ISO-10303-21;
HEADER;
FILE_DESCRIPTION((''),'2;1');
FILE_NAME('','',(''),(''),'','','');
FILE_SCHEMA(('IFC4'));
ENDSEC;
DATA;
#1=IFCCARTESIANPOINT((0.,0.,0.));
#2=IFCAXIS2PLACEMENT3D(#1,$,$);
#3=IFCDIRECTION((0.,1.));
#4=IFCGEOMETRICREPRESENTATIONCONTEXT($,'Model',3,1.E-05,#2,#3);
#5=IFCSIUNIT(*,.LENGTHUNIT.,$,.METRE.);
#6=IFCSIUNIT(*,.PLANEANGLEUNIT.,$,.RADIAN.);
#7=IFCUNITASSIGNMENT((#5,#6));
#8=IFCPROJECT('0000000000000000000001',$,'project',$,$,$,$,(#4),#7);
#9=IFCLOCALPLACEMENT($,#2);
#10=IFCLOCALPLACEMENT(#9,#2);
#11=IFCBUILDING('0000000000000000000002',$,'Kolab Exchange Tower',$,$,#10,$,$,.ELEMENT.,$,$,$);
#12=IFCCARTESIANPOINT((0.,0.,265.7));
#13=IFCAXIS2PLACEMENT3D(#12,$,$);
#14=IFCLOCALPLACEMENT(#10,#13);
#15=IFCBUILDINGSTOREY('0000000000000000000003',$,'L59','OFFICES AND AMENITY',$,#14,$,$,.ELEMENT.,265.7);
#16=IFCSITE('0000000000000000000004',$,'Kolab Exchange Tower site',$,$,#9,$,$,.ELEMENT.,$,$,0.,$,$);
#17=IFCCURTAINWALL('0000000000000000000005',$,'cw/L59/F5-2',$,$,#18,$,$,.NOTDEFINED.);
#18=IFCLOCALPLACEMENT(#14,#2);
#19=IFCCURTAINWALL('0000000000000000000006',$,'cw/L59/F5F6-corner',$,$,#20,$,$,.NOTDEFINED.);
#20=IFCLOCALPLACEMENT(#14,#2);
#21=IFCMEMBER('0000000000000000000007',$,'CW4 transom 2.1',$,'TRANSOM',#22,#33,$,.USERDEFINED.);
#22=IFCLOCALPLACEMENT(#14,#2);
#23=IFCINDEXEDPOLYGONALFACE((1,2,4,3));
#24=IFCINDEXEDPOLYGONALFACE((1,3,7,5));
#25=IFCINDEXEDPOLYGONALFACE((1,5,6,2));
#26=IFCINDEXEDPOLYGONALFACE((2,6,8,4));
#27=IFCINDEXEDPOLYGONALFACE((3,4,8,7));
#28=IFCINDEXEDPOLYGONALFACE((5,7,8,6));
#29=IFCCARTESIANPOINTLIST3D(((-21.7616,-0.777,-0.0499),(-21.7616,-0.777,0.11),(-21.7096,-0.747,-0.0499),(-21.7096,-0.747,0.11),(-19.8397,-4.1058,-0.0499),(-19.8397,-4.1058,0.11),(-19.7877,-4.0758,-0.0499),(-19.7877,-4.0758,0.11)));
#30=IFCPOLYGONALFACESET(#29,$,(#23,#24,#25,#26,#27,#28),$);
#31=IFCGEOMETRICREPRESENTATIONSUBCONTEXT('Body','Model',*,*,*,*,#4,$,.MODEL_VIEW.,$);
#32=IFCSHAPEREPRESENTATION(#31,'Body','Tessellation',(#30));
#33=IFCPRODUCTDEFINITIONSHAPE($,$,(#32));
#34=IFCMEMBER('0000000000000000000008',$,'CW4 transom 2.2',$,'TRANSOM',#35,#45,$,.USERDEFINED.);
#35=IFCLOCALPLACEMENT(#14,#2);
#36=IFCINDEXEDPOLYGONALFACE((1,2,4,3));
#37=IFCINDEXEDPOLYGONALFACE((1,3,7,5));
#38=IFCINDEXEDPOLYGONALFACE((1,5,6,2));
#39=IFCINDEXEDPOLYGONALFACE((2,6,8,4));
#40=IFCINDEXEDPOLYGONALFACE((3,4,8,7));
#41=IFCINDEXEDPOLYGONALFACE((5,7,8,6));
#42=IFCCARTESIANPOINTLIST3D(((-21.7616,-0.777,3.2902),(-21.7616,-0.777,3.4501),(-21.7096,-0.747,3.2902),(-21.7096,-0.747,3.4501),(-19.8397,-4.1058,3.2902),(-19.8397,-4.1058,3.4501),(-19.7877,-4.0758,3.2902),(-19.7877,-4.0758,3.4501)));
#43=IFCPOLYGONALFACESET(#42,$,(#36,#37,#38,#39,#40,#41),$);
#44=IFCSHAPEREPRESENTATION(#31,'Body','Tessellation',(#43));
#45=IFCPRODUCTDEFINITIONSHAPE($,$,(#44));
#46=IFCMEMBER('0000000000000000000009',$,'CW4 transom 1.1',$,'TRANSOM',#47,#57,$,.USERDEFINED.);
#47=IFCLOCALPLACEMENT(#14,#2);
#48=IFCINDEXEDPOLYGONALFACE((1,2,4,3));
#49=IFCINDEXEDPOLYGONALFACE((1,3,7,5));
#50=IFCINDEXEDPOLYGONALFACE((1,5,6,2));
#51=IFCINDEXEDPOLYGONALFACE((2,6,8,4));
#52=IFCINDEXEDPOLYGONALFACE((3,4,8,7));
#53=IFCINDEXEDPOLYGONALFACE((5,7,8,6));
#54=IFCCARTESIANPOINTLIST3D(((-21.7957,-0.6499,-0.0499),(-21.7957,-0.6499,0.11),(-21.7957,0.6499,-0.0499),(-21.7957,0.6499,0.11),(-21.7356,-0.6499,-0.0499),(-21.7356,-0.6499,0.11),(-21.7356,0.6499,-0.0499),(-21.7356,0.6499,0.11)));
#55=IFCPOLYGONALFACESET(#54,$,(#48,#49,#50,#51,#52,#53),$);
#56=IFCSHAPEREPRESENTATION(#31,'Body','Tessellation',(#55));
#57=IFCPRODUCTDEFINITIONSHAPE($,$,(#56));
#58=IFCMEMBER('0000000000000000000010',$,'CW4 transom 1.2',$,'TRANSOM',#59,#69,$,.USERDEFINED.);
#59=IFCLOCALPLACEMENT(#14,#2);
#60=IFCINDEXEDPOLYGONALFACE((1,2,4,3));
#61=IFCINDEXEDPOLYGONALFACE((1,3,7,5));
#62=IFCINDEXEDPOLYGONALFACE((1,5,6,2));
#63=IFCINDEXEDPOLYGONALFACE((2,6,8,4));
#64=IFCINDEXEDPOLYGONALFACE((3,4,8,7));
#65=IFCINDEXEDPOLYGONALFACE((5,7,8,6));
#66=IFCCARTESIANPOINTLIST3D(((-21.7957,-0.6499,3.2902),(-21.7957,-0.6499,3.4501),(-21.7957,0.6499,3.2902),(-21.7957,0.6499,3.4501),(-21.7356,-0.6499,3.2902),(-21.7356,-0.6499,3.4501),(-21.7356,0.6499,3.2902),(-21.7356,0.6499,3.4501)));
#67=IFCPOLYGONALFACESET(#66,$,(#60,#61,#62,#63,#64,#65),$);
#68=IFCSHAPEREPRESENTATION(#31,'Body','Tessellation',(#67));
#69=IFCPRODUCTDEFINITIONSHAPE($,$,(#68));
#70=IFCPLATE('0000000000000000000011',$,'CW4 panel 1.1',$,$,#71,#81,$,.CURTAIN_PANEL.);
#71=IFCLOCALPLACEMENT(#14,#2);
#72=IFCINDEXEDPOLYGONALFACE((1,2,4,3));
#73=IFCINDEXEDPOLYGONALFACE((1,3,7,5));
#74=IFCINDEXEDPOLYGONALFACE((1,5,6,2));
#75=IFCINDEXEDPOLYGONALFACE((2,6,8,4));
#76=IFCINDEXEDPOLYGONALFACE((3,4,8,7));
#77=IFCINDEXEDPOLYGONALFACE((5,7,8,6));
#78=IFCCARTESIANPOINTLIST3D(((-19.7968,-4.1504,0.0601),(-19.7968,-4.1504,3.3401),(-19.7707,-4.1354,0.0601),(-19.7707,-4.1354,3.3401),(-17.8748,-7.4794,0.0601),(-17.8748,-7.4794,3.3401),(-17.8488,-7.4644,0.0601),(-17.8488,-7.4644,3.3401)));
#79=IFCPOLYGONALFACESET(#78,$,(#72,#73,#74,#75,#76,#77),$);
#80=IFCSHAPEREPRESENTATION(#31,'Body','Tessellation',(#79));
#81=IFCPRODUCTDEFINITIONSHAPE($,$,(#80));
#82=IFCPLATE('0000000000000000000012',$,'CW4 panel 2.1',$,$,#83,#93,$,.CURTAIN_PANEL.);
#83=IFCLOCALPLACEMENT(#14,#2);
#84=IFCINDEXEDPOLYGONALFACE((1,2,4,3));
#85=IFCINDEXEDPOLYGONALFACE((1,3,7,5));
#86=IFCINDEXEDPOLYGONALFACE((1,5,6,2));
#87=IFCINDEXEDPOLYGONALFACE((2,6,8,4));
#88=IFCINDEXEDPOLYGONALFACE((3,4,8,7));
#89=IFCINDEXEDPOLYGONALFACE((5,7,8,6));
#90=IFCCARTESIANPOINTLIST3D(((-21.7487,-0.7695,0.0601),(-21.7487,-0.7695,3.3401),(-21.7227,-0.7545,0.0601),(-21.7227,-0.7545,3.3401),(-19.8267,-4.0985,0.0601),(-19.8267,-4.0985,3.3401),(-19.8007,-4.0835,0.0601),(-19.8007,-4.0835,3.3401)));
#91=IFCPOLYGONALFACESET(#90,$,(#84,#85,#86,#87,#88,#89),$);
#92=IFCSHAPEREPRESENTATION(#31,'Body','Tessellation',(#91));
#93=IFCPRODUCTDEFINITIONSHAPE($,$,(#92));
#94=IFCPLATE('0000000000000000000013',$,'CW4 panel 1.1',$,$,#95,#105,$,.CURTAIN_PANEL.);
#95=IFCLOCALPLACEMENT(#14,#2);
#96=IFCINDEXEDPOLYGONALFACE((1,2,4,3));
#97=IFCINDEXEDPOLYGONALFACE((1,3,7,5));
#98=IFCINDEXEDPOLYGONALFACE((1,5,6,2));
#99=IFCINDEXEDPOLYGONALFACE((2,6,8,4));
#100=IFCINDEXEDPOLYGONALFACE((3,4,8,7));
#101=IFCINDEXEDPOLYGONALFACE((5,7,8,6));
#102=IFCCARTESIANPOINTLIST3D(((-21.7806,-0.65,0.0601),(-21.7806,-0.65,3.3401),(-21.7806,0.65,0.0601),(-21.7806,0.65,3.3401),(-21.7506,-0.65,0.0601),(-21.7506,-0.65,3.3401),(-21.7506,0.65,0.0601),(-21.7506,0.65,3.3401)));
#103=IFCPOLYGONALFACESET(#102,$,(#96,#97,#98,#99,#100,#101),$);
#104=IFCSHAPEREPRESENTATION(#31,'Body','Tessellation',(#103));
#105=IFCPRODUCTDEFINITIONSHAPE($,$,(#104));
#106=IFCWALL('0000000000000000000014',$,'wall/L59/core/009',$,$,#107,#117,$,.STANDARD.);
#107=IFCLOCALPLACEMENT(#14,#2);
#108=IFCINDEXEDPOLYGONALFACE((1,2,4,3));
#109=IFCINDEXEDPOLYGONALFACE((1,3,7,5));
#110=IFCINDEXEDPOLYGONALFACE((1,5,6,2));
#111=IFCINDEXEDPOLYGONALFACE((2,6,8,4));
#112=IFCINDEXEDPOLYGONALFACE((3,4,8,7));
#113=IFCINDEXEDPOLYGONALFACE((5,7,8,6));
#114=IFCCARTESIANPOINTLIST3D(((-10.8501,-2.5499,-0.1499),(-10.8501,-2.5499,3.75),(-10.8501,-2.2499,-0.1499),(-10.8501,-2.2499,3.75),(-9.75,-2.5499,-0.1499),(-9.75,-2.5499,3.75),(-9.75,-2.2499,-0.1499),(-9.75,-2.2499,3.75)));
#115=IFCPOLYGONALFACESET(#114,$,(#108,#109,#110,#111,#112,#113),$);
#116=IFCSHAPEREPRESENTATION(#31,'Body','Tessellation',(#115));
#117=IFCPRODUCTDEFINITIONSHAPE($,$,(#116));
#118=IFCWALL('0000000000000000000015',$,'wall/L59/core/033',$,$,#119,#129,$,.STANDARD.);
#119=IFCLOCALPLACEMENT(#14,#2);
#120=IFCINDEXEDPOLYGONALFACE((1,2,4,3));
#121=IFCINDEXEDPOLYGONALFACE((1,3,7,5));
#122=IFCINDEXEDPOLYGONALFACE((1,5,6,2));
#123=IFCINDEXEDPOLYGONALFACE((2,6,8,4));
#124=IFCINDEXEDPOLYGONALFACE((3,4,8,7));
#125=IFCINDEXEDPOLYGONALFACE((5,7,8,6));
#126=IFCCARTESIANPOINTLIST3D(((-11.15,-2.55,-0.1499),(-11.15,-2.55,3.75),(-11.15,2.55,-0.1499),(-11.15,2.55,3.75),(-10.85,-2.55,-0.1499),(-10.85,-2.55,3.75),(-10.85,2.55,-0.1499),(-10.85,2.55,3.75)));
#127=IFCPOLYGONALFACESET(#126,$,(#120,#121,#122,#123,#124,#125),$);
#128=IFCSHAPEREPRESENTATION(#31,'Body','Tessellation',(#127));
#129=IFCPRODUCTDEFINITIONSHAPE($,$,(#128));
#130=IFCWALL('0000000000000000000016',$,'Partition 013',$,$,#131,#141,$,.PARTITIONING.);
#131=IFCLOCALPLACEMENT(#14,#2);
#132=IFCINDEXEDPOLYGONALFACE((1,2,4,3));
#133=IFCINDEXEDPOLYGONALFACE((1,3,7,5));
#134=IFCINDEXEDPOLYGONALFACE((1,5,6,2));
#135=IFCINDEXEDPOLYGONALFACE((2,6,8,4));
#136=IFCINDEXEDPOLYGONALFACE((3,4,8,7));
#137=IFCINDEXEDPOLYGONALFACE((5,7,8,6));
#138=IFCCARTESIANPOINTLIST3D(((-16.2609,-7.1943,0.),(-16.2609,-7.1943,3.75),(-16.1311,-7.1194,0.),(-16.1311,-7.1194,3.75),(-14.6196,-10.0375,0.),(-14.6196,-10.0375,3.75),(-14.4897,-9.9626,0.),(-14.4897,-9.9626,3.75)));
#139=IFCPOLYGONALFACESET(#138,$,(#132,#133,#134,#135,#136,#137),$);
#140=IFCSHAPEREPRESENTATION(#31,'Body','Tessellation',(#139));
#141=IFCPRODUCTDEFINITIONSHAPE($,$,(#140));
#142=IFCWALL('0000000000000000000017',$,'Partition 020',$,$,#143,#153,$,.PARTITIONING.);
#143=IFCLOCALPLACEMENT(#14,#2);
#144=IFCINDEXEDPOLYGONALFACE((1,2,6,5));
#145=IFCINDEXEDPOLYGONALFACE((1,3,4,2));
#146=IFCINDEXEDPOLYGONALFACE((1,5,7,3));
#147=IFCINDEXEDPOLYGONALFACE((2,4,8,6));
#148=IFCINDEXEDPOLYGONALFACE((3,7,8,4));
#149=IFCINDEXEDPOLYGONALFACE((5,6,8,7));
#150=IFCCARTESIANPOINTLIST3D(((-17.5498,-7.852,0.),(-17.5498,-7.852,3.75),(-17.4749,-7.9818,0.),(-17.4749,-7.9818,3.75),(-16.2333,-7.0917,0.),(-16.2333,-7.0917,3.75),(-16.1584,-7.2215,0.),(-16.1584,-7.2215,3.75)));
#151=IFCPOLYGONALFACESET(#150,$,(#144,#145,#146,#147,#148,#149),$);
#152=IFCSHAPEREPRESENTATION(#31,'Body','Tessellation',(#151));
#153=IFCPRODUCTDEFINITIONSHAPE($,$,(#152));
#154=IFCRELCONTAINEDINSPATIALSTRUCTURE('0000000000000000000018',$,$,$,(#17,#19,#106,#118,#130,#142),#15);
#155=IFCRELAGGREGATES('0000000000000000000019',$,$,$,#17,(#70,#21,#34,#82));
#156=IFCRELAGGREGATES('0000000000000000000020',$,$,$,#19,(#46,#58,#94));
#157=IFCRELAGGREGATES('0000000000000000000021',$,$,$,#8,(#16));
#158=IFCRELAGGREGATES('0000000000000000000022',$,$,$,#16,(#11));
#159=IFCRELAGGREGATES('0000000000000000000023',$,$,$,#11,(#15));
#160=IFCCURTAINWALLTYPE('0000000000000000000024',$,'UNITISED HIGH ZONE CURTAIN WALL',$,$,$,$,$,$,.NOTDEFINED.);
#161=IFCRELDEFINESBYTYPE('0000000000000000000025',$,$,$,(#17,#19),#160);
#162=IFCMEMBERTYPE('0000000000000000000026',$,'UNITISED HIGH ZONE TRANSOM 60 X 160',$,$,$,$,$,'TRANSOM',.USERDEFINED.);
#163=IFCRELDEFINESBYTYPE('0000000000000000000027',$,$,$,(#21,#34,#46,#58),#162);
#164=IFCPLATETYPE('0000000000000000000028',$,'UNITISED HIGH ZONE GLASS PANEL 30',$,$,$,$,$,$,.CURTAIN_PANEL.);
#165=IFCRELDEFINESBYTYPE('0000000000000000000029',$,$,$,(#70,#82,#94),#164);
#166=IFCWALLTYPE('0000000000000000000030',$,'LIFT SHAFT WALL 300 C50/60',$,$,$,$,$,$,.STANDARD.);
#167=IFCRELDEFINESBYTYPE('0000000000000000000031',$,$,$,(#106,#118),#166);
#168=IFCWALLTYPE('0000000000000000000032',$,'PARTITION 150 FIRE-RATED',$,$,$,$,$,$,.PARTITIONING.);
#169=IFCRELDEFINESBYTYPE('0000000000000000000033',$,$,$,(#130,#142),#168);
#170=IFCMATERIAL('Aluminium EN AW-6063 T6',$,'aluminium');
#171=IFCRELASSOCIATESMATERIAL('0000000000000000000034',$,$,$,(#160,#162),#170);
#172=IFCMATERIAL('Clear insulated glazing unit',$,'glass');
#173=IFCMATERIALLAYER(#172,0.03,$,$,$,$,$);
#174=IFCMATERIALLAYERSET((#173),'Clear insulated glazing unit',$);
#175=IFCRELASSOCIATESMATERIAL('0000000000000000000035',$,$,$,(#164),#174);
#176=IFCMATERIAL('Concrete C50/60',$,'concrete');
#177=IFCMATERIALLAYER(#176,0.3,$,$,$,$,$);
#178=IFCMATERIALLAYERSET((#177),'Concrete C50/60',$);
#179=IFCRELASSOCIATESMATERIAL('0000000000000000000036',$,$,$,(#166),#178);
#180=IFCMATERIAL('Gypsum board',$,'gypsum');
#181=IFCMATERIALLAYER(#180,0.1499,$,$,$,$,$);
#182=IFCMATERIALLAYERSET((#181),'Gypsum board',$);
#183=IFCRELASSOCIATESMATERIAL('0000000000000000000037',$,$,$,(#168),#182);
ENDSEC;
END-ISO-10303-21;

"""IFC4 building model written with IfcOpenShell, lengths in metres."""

from ifc_helpers import new_model, si_unit, direction, frame, frame_2d, origin, origin_2d, place, context, subcontext, project, spatial, rectangle, extrude, material, layer, layer_set, material_profile, profile_set, type_object, element, aggregate, save


model = new_model("IFC4")

# Units and contexts
model_context = context("Model", 3, precision=1e-05, world=origin(), true_north=direction((0.0, 1.0)))
body_context = subcontext(model_context, "Body", "Model", "MODEL_VIEW")
ifc_project = project(units=[si_unit("LENGTHUNIT", "METRE"), si_unit("PLANEANGLEUNIT", "RADIAN")], contexts=[model_context])

# Site, building, storey
site_placement = place(None, origin())
site = spatial("IfcSite", under=ifc_project, at=site_placement, Name="Kolab Exchange Tower site", CompositionType="ELEMENT", RefElevation=0.0)
building_placement = place(site_placement, origin())
building = spatial("IfcBuilding", under=site, at=building_placement, Name="Kolab Exchange Tower", CompositionType="ELEMENT")
storey_placement = place(building_placement, frame((0.0, 0.0, 265.7)))
storey = spatial("IfcBuildingStorey", under=building, at=storey_placement, Name="L59", Description="OFFICES AND AMENITY", CompositionType="ELEMENT", Elevation=265.7)

# Shared definitions
ifc_material_1 = material(Name="Concrete C50/60", Category="concrete")

# Curtain wall
ifc_material_2 = material(Name="Aluminium EN AW-6063 T6", Category="aluminium")
curtain_wall_type = type_object("IfcCurtainWallType", Name="UNITISED HIGH ZONE CURTAIN WALL", PredefinedType="NOTDEFINED", material=ifc_material_2)
curtain_wall_1_placement = place(storey_placement, origin())
curtain_wall_1 = element("IfcCurtainWall", 1, at=curtain_wall_1_placement, inside=storey, type_object=curtain_wall_type, Name="cw/L59/F5-2", PredefinedType="NOTDEFINED")

# Curtain wall
curtain_wall_2_placement = place(storey_placement, origin())
curtain_wall_2 = element("IfcCurtainWall", 2, at=curtain_wall_2_placement, inside=storey, type_object=curtain_wall_type, Name="cw/L59/F5F6-corner", PredefinedType="NOTDEFINED")

# Members
ifc_material_profile_1 = material_profile(ifc_material_2, rectangle(XDim=0.0601, YDim=0.1599, at=origin_2d()), Name="RECT 60X160")
ifc_profile_set_1 = profile_set([ifc_material_profile_1], Name="Aluminium EN AW-6063 T6")
member_type_1 = type_object("IfcMemberType", Name="UNITISED HIGH ZONE TRANSOM 60 X 160", ElementType="TRANSOM", PredefinedType="USERDEFINED", material=ifc_profile_set_1)
member_1_placement = place(storey_placement, frame((-19.8137, -4.0908, 0.03), z_axis=(-0.499992, 0.86603, 0.0), x_axis=(-0.86603, -0.499992, 0.0)))
member_1 = element("IfcMember", 3, at=member_1_placement, type_object=member_type_1, Name="CW4 transom 2.1", ObjectType="TRANSOM", PredefinedType="USERDEFINED", context=body_context, shape_type="SweptSolid", body=[
    extrude(rectangle(XDim=0.0601, YDim=0.1599, at=origin_2d()), origin(), (0.0, 0.0, 1.0), 3.8438),
])
member_2_placement = place(storey_placement, frame((-19.8137, -4.0908, 3.3701), z_axis=(-0.499992, 0.86603, 0.0), x_axis=(-0.86603, -0.499992, 0.0)))
member_2 = element("IfcMember", 4, at=member_2_placement, type_object=member_type_1, Name="CW4 transom 2.2", ObjectType="TRANSOM", PredefinedType="USERDEFINED", context=body_context, shape_type="SweptSolid", body=[
    extrude(rectangle(XDim=0.0601, YDim=0.1599, at=origin_2d()), origin(), (0.0, 0.0, 1.0), 3.8438),
])
member_3_placement = place(storey_placement, frame((-21.7656, -0.6499, 0.03), z_axis=(0.0, 1.0, 0.0), x_axis=(-1.0, 0.0, 0.0)))
member_3 = element("IfcMember", 5, at=member_3_placement, type_object=member_type_1, Name="CW4 transom 1.1", ObjectType="TRANSOM", PredefinedType="USERDEFINED", context=body_context, shape_type="SweptSolid", body=[
    extrude(rectangle(XDim=0.0601, YDim=0.1599, at=origin_2d()), origin(), (0.0, 0.0, 1.0), 1.2998),
])
member_4_placement = place(storey_placement, frame((-21.7656, -0.6499, 3.3701), z_axis=(0.0, 1.0, 0.0), x_axis=(-1.0, 0.0, 0.0)))
member_4 = element("IfcMember", 6, at=member_4_placement, type_object=member_type_1, Name="CW4 transom 1.2", ObjectType="TRANSOM", PredefinedType="USERDEFINED", context=body_context, shape_type="SweptSolid", body=[
    extrude(rectangle(XDim=0.0601, YDim=0.1599, at=origin_2d()), origin(), (0.0, 0.0, 1.0), 1.2998),
])

# Plates
ifc_material_3 = material(Name="Clear insulated glazing unit", Category="glass")
ifc_layer_1 = layer(ifc_material_3, 0.03)
ifc_layer_set_1 = layer_set([ifc_layer_1], Name="Clear insulated glazing unit")
plate_type = type_object("IfcPlateType", Name="UNITISED HIGH ZONE GLASS PANEL 30", PredefinedType="CURTAIN_PANEL", material=ifc_layer_set_1)
plate_1_placement = place(storey_placement, frame((-18.8228, -5.8074, 0.0601), z_axis=(0.0, 0.0, 1.0), x_axis=(-0.5, 0.866025, 0.0)))
plate_1 = element("IfcPlate", 7, at=plate_1_placement, type_object=plate_type, Name="CW4 panel 1.1", PredefinedType="CURTAIN_PANEL", context=body_context, shape_type="SweptSolid", body=[
    extrude(rectangle(XDim=3.844, YDim=0.03, at=origin_2d()), origin(), (0.0, 0.0, 1.0), 3.28),
])
plate_2_placement = place(storey_placement, frame((-20.7747, -2.4265, 0.0601), z_axis=(0.0, 0.0, 1.0), x_axis=(-0.5, 0.866025, 0.0)))
plate_2 = element("IfcPlate", 8, at=plate_2_placement, type_object=plate_type, Name="CW4 panel 2.1", PredefinedType="CURTAIN_PANEL", context=body_context, shape_type="SweptSolid", body=[
    extrude(rectangle(XDim=3.844, YDim=0.03, at=origin_2d()), origin(), (0.0, 0.0, 1.0), 3.28),
])
aggregate(curtain_wall_1, [plate_1, member_1, member_2, plate_2])
plate_3_placement = place(storey_placement, frame((-21.7656, 0.0, 0.0601), z_axis=(0.0, 0.0, 1.0), x_axis=(0.0, 1.0, 0.0)))
plate_3 = element("IfcPlate", 9, at=plate_3_placement, type_object=plate_type, Name="CW4 panel 1.1", PredefinedType="CURTAIN_PANEL", context=body_context, shape_type="SweptSolid", body=[
    extrude(rectangle(XDim=1.3, YDim=0.03, at=origin_2d()), origin(), (0.0, 0.0, 1.0), 3.28),
])
aggregate(curtain_wall_2, [member_3, member_4, plate_3])

# Walls
ifc_layer_2 = layer(ifc_material_1, 0.3)
ifc_layer_set_2 = layer_set([ifc_layer_2], Name="Concrete C50/60")
wall_type_1 = type_object("IfcWallType", Name="LIFT SHAFT WALL 300 C50/60", PredefinedType="STANDARD", material=ifc_layer_set_2)
wall_1_placement = place(storey_placement, frame((-10.8501, -2.3999, -0.1499), z_axis=(0.0, 0.0, 1.0), x_axis=(1.0, 0.0, 0.0)))
element("IfcWall", 10, at=wall_1_placement, inside=storey, type_object=wall_type_1, Name="wall/L59/core/009", PredefinedType="STANDARD", context=body_context, shape_type="SweptSolid", body=[
    extrude(rectangle(XDim=1.1001, YDim=0.3, at=frame_2d((0.55, 0.0))), origin(), (0.0, 0.0, 1.0), 3.8999),
])
wall_2_placement = place(storey_placement, frame((-11.0, -2.55, -0.1499), z_axis=(0.0, 0.0, 1.0), x_axis=(0.0, 1.0, 0.0)))
element("IfcWall", 11, at=wall_2_placement, inside=storey, type_object=wall_type_1, Name="wall/L59/core/033", PredefinedType="STANDARD", context=body_context, shape_type="SweptSolid", body=[
    extrude(rectangle(XDim=5.1001, YDim=0.3, at=frame_2d((2.55, 0.0))), origin(), (0.0, 0.0, 1.0), 3.8999),
])
ifc_material_4 = material(Name="Gypsum board", Category="gypsum")
ifc_layer_3 = layer(ifc_material_4, 0.1499)
ifc_layer_set_3 = layer_set([ifc_layer_3], Name="Gypsum board")
wall_type_2 = type_object("IfcWallType", Name="PARTITION 150 FIRE-RATED", PredefinedType="PARTITIONING", material=ifc_layer_set_3)
wall_3_placement = place(storey_placement, frame((-16.196, -7.1567, 0.0), z_axis=(0.0, 0.0, 1.0), x_axis=(0.499954, -0.866052, 0.0)))
element("IfcWall", 12, at=wall_3_placement, inside=storey, type_object=wall_type_2, Name="Partition 013", PredefinedType="PARTITIONING", context=body_context, shape_type="SweptSolid", body=[
    extrude(rectangle(XDim=3.283, YDim=0.1499, at=frame_2d((1.6416, 0.0))), origin(), (0.0, 0.0, 1.0), 3.75),
])
wall_4_placement = place(storey_placement, frame((-17.5125, -7.917, 0.0), z_axis=(0.0, 0.0, 1.0), x_axis=(0.865961, 0.500112, 0.0)))
element("IfcWall", 13, at=wall_4_placement, inside=storey, type_object=wall_type_2, Name="Partition 020", PredefinedType="PARTITIONING", context=body_context, shape_type="SweptSolid", body=[
    extrude(rectangle(XDim=1.5203, YDim=0.1499, at=frame_2d((0.7603, 0.0))), origin(), (0.0, 0.0, 1.0), 3.75),
])

save(model, "model.ifc")
